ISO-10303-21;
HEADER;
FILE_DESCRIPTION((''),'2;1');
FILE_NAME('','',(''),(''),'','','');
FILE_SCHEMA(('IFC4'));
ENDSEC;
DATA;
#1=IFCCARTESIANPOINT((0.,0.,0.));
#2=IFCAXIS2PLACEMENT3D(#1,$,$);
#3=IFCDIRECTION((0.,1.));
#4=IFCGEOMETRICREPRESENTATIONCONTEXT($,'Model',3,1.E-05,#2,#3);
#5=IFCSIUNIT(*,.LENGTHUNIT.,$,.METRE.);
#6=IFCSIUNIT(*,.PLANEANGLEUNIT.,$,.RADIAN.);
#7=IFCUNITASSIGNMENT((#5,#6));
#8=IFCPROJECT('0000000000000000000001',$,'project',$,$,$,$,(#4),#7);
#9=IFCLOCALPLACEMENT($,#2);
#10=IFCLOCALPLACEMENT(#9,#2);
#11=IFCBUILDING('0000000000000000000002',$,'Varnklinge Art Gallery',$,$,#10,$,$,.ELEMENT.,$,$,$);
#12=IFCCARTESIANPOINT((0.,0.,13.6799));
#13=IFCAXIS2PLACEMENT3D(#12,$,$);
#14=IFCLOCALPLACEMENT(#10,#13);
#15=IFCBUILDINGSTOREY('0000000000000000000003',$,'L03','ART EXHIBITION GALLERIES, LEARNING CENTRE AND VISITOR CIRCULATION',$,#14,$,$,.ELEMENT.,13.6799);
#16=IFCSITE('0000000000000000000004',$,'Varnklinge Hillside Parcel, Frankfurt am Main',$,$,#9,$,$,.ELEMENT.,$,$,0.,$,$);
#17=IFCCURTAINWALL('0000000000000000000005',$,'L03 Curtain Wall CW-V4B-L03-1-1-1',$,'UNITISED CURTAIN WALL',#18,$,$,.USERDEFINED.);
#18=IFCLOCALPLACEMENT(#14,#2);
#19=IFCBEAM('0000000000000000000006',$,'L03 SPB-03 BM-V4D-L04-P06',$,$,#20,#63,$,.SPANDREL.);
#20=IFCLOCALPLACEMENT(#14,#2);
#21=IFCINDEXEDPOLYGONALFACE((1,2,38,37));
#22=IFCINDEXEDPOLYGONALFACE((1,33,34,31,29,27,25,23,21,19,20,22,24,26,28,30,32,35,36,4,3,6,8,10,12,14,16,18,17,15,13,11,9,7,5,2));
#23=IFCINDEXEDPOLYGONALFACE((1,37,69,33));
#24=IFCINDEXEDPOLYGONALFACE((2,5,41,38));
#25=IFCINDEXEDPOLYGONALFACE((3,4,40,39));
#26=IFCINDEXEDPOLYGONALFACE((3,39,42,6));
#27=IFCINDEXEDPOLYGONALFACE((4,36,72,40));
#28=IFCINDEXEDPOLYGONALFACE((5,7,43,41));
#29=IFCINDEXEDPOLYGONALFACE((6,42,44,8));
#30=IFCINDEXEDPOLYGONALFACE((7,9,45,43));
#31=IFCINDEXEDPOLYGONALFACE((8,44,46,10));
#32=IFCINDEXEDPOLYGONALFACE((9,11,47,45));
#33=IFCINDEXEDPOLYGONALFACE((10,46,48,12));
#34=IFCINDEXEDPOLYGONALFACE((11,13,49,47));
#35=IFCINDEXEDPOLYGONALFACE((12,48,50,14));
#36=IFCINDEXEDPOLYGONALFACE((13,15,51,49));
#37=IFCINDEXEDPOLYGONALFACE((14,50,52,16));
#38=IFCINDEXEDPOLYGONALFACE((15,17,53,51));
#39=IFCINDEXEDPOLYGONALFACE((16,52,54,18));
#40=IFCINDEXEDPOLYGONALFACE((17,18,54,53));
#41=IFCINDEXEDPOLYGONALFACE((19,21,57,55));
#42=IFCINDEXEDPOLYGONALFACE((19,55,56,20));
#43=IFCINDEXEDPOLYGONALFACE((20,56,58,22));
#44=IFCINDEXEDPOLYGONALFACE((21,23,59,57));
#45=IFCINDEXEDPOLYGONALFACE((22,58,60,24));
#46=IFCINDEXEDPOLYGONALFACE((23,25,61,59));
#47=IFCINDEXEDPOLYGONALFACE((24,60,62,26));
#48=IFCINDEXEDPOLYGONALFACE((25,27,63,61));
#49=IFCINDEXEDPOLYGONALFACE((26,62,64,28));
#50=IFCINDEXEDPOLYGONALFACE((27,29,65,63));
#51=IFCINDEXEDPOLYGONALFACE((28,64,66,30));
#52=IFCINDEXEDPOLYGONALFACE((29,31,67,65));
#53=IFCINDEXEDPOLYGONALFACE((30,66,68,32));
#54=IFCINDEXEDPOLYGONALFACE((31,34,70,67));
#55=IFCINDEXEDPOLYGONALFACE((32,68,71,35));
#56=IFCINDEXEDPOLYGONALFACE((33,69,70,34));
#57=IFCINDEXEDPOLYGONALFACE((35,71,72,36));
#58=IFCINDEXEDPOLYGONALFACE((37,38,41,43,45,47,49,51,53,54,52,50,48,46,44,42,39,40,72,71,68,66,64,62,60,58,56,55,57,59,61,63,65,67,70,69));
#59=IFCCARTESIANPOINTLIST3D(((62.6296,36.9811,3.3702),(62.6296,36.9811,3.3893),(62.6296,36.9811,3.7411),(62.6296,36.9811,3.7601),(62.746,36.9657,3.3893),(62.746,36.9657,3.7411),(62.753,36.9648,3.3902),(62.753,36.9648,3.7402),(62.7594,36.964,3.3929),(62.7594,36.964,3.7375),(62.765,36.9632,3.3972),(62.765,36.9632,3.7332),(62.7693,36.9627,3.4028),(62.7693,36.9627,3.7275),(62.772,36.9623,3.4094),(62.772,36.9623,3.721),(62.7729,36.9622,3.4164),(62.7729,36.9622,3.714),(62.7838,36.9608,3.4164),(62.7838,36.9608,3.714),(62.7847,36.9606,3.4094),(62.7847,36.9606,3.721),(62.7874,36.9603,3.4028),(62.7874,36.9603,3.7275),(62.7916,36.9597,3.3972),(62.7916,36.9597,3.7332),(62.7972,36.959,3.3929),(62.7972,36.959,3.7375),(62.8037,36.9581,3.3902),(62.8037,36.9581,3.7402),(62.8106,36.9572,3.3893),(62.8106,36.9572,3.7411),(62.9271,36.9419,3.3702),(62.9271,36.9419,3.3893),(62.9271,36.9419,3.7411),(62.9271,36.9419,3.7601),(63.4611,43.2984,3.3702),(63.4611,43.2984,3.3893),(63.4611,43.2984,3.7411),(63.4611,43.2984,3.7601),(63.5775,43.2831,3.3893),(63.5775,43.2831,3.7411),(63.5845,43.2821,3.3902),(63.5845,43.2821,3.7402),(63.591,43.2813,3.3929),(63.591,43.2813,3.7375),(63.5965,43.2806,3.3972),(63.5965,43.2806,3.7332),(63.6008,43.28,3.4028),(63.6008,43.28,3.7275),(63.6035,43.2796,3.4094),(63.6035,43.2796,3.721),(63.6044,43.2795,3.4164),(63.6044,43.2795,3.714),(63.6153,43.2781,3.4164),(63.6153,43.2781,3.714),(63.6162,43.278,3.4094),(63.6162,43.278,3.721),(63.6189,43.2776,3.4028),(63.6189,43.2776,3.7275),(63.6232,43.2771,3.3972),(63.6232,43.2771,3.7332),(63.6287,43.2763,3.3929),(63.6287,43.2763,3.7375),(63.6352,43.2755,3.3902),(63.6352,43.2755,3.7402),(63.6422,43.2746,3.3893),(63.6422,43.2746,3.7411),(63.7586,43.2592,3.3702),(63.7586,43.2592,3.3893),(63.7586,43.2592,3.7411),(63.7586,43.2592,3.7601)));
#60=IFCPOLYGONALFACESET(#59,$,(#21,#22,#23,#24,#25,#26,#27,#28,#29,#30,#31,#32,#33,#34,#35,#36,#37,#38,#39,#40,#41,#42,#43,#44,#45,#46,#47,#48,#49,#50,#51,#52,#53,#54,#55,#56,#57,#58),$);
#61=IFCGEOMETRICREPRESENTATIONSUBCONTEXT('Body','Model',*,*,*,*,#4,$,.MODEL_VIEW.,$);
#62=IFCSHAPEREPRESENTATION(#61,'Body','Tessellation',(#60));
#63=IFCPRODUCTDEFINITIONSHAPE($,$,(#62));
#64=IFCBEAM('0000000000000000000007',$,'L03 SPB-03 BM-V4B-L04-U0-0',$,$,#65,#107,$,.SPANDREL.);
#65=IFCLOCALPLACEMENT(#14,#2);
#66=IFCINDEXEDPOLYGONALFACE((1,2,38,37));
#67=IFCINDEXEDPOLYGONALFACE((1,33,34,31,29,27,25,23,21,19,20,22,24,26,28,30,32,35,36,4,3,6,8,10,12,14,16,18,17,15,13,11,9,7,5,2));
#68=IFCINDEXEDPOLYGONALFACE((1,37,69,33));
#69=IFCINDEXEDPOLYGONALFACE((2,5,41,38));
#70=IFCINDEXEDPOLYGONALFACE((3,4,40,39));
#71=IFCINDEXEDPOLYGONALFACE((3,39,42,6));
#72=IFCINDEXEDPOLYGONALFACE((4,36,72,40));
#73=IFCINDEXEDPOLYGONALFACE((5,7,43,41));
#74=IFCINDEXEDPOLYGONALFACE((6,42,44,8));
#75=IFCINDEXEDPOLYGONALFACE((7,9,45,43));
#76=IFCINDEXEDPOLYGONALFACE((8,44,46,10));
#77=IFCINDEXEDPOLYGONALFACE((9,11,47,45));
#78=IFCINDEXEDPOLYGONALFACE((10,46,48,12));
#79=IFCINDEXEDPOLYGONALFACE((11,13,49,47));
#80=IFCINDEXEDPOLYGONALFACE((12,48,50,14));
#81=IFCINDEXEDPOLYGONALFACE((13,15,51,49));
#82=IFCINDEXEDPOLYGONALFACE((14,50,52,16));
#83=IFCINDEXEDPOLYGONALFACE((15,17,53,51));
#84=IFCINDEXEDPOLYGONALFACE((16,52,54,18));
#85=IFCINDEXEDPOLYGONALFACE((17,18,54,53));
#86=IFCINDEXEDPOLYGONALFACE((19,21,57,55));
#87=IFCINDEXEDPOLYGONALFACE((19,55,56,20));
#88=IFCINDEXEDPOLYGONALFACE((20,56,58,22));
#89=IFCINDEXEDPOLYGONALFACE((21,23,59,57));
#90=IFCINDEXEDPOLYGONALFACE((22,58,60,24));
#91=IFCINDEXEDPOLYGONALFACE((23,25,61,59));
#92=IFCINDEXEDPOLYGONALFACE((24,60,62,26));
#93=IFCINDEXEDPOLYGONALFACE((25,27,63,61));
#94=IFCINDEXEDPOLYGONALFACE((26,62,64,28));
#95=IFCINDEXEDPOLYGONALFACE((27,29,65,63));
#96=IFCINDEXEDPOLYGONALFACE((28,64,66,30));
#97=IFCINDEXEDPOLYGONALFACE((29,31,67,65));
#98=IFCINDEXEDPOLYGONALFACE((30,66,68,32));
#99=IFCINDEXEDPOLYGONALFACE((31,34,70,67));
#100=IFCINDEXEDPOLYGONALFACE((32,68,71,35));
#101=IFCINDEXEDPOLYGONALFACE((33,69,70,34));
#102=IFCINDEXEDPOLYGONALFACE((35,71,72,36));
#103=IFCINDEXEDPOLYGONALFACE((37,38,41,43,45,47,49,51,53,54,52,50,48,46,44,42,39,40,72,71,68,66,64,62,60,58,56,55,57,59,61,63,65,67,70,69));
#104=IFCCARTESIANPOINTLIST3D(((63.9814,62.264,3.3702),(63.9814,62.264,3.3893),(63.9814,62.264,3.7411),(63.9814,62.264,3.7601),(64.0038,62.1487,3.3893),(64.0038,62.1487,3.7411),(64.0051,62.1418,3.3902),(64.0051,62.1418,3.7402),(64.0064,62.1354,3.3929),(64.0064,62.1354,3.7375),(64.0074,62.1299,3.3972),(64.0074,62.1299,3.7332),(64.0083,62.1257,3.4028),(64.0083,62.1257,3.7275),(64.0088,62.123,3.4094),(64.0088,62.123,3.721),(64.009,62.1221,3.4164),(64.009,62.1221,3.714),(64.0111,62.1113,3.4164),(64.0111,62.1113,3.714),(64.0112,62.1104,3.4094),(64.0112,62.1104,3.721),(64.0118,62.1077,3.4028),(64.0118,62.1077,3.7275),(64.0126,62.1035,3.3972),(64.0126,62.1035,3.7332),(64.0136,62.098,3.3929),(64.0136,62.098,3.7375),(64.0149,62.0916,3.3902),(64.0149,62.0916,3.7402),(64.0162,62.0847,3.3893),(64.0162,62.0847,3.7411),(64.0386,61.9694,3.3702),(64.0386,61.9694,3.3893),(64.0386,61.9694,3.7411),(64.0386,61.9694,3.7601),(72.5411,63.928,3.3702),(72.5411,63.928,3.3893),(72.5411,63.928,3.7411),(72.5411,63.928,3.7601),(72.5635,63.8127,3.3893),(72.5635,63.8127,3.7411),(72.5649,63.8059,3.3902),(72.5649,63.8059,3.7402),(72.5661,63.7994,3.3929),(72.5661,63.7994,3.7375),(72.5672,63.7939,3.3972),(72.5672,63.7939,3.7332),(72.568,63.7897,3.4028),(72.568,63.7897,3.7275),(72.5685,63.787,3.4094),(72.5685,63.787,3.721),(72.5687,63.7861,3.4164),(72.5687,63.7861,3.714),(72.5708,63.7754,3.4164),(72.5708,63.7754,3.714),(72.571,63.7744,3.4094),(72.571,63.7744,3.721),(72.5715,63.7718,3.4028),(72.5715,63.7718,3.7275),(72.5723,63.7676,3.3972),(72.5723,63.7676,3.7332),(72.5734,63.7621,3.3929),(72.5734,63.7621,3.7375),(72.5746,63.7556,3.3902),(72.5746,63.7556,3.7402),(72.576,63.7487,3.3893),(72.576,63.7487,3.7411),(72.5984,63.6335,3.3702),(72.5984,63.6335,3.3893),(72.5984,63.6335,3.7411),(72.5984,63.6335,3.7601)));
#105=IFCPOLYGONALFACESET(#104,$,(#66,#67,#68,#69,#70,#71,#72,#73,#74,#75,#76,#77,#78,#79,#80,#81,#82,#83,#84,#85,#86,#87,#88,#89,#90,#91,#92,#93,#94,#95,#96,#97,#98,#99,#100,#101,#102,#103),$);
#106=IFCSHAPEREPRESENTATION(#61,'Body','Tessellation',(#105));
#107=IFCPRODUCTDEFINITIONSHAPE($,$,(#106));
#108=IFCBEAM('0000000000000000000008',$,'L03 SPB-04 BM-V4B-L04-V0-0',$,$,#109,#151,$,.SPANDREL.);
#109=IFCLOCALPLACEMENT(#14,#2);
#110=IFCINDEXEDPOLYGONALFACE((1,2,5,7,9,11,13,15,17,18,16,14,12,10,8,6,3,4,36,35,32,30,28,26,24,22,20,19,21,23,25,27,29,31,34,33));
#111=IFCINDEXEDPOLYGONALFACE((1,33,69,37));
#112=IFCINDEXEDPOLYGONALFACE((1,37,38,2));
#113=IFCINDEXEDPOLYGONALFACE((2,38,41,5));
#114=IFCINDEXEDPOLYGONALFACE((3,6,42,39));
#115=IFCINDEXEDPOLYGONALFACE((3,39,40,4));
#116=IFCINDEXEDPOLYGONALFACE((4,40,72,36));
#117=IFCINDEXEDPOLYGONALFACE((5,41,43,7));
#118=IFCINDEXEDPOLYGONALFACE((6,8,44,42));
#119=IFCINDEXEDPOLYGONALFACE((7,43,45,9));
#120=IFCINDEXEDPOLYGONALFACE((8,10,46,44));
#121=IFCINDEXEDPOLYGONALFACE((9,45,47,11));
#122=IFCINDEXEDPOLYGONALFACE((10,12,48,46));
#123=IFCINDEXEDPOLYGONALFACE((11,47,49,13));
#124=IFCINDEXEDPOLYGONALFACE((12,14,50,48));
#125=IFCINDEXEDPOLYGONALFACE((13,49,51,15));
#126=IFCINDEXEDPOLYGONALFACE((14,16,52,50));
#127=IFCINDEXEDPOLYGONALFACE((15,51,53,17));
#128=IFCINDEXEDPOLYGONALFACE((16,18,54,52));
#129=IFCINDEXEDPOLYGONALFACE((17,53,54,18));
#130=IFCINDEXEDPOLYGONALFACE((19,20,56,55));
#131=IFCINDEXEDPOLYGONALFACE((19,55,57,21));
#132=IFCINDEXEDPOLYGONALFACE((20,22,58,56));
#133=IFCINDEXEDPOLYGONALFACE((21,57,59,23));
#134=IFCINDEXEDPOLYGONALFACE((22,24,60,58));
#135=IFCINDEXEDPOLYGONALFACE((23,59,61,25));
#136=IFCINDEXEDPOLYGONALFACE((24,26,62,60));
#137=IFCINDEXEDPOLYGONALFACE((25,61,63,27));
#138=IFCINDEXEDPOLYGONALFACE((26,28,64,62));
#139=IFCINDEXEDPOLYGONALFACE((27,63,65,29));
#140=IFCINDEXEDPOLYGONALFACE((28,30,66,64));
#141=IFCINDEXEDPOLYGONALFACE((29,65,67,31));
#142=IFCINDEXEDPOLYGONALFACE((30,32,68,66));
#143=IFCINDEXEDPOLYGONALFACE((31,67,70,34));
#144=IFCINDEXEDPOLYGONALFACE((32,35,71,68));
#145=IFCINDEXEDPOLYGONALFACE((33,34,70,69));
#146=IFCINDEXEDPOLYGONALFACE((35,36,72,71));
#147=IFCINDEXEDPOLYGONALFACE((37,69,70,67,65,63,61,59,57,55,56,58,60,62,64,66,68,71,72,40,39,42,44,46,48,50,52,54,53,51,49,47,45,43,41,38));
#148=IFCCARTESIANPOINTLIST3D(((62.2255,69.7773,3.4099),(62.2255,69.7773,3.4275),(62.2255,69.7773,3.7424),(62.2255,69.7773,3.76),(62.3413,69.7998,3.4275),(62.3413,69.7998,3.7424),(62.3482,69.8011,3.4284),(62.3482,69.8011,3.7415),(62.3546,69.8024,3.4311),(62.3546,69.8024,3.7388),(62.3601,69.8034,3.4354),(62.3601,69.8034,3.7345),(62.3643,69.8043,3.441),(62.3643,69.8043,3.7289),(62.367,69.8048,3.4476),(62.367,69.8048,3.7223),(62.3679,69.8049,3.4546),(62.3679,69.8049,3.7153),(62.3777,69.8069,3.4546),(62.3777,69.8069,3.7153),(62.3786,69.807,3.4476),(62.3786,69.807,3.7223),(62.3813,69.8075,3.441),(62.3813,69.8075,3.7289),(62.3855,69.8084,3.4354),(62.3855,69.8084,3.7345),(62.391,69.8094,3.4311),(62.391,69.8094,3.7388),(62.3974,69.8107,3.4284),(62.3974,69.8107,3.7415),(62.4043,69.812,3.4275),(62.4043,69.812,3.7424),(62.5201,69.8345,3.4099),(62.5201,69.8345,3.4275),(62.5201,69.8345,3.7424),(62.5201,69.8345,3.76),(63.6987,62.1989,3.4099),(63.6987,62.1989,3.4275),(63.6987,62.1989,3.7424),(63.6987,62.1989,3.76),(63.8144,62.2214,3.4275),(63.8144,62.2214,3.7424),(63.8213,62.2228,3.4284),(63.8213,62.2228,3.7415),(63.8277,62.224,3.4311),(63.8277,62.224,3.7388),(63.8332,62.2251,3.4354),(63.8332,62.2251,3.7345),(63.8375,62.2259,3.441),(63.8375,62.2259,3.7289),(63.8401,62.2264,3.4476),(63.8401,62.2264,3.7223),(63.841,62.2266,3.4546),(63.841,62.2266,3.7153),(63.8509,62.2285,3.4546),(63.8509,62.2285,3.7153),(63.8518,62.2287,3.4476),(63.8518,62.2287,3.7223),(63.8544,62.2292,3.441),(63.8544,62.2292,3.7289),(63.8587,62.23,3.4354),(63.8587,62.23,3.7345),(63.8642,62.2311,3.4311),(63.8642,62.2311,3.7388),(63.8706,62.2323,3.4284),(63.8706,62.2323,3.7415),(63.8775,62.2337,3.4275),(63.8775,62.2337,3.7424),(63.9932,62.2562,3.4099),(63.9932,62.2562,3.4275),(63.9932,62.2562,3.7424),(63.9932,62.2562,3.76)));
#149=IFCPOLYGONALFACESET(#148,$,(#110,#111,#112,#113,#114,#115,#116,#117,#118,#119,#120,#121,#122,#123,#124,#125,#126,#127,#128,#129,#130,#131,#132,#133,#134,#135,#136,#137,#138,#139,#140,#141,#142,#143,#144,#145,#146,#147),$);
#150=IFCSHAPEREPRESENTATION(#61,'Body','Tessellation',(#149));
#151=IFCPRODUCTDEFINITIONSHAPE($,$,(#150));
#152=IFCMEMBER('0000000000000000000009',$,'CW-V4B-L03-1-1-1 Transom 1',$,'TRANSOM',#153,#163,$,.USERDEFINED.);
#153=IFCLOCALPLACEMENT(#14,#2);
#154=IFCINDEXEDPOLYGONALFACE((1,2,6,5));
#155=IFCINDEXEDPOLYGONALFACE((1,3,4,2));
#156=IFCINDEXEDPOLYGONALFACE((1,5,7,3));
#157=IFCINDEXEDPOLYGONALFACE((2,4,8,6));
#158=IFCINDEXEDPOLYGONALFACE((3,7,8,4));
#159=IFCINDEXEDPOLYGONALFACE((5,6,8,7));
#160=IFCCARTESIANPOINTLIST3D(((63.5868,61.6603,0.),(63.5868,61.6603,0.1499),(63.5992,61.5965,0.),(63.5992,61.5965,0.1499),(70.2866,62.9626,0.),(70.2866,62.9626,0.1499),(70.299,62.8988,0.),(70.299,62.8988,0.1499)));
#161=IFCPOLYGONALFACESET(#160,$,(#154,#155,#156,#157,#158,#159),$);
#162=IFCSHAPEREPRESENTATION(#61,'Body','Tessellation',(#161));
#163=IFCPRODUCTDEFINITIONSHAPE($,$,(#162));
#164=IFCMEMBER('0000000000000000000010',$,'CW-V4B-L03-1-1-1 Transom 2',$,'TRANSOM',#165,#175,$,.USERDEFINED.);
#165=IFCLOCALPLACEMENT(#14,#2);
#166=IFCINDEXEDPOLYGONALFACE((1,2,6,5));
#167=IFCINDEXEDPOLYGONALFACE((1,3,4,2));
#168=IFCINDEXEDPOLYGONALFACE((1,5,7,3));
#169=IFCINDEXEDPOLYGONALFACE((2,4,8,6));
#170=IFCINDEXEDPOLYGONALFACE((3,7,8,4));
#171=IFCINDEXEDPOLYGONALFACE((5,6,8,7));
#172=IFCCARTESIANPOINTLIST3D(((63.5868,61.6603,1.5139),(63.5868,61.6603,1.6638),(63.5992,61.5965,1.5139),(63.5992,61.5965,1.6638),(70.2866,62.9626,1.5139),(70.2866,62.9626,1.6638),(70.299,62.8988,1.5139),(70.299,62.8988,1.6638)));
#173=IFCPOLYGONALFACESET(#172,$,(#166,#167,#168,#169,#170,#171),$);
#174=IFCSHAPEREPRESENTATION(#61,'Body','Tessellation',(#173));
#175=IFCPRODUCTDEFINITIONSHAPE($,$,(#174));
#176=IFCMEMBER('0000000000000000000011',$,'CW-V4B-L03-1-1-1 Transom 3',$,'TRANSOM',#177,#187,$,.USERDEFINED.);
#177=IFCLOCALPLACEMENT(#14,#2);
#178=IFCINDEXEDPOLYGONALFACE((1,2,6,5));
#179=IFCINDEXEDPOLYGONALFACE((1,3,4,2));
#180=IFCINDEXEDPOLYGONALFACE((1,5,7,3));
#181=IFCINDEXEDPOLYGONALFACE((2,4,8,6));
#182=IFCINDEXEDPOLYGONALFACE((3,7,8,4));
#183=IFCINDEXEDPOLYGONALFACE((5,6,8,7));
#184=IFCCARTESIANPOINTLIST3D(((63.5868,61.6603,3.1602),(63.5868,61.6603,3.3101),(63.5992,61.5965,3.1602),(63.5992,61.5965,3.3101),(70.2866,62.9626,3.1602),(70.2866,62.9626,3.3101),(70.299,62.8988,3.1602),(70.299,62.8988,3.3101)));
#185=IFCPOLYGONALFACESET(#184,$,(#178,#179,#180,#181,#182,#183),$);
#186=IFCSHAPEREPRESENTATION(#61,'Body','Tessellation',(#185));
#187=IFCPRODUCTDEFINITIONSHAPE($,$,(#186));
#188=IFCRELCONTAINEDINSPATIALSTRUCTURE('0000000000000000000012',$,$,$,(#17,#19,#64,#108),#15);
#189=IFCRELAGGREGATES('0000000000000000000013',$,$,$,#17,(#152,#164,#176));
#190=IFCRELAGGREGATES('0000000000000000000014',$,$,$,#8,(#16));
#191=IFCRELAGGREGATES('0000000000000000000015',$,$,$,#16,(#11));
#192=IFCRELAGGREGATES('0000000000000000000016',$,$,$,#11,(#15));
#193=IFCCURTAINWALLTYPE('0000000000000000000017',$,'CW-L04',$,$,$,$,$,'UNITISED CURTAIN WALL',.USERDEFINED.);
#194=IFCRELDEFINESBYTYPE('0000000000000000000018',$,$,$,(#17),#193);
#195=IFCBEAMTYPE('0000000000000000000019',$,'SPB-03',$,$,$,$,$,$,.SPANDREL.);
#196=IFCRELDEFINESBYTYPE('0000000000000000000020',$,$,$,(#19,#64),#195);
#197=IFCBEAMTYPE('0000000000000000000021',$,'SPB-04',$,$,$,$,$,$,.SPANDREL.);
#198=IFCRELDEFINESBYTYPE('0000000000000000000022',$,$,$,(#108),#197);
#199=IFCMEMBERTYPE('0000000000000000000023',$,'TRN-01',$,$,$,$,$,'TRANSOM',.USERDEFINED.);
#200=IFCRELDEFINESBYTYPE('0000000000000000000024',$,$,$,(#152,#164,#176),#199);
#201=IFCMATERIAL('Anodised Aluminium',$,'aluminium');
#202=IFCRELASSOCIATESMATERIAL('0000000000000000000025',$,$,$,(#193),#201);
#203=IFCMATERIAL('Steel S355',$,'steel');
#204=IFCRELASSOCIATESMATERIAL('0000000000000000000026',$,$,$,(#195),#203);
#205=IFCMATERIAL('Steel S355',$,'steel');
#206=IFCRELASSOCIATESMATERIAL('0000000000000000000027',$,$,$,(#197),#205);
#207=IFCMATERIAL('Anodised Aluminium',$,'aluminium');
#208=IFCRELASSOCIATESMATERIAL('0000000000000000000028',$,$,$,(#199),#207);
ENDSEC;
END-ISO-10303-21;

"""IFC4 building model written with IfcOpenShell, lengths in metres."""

from ifc_helpers import new_model, si_unit, direction, frame, origin, origin_2d, place, context, subcontext, project, spatial, rectangle, i_section, extrude, material, material_profile, profile_set, type_object, element, aggregate, save


model = new_model("IFC4")

# Units and contexts
model_context = context("Model", 3, precision=1e-05, world=origin(), true_north=direction((0.0, 1.0)))
body_context = subcontext(model_context, "Body", "Model", "MODEL_VIEW")
ifc_project = project(units=[si_unit("LENGTHUNIT", "METRE"), si_unit("PLANEANGLEUNIT", "RADIAN")], contexts=[model_context])

# Site, building, storey
site_placement = place(None, origin())
site = spatial("IfcSite", under=ifc_project, at=site_placement, Name="Varnklinge Hillside Parcel, Frankfurt am Main", CompositionType="ELEMENT", RefElevation=0.0)
building_placement = place(site_placement, origin())
building = spatial("IfcBuilding", under=site, at=building_placement, Name="Varnklinge Art Gallery", CompositionType="ELEMENT")
storey_placement = place(building_placement, frame((0.0, 0.0, 13.6799)))
storey = spatial("IfcBuildingStorey", under=building, at=storey_placement, Name="L03", Description="ART EXHIBITION GALLERIES, LEARNING CENTRE AND VISITOR CIRCULATION", CompositionType="ELEMENT", Elevation=13.6799)

# Curtain wall
ifc_material_1 = material(Name="Anodised Aluminium", Category="aluminium")
curtain_wall_type_1 = type_object("IfcCurtainWallType", Name="CW-L04", ElementType="UNITISED CURTAIN WALL", PredefinedType="USERDEFINED", material=ifc_material_1)
curtain_wall_1_placement = place(storey_placement, origin())
curtain_wall_1 = element("IfcCurtainWall", 1, at=curtain_wall_1_placement, inside=storey, type_object=curtain_wall_type_1, Name="L03 Curtain Wall CW-V4B-L03-1-1-1", ObjectType="UNITISED CURTAIN WALL", PredefinedType="USERDEFINED")

# Beams
ifc_material_2 = material(Name="Steel S355", Category="steel")
ifc_material_profile_1 = material_profile(ifc_material_2, i_section(OverallWidth=0.3, OverallDepth=0.3899, WebThickness=0.011, FlangeThickness=0.019, FilletRadius=0.0271, at=origin_2d()), Name="HEA 400")
ifc_profile_set_1 = profile_set([ifc_material_profile_1], Name="Steel S355")
beam_type_1 = type_object("IfcBeamType", Name="SPB-03", PredefinedType="SPANDREL", material=ifc_profile_set_1)
beam_1_placement = place(storey_placement, frame((63.6099, 43.2788, 3.5652), z_axis=(-0.130502, -0.991448, 0.0), x_axis=(0.991448, -0.130502, 0.0)))
element("IfcBeam", 2, at=beam_1_placement, inside=storey, type_object=beam_type_1, Name="L03 SPB-03 BM-V4D-L04-P06", PredefinedType="SPANDREL", context=body_context, shape_type="SweptSolid", body=[
    extrude(i_section(OverallWidth=0.3, OverallDepth=0.3899, WebThickness=0.011, FlangeThickness=0.019, FilletRadius=0.0271, at=origin_2d()), origin(), (0.0, 0.0, 1.0), 6.3718),
])
beam_2_placement = place(storey_placement, frame((64.01, 62.1167, 3.5652), z_axis=(0.981623, 0.190831, 0.0), x_axis=(-0.190831, 0.981623, 0.0)))
element("IfcBeam", 3, at=beam_2_placement, inside=storey, type_object=beam_type_1, Name="L03 SPB-03 BM-V4B-L04-U0-0", PredefinedType="SPANDREL", context=body_context, shape_type="SweptSolid", body=[
    extrude(i_section(OverallWidth=0.3, OverallDepth=0.3899, WebThickness=0.011, FlangeThickness=0.019, FilletRadius=0.0271, at=origin_2d()), origin(), (0.0, 0.0, 1.0), 8.72),
])
ifc_material_3 = material(Name="Steel S355", Category="steel")
ifc_material_profile_2 = material_profile(ifc_material_3, i_section(OverallWidth=0.3, OverallDepth=0.3501, WebThickness=0.01, FlangeThickness=0.0176, FilletRadius=0.0271, at=origin_2d()), Name="HEA 360")
ifc_profile_set_2 = profile_set([ifc_material_profile_2], Name="Steel S355")
beam_type_2 = type_object("IfcBeamType", Name="SPB-04", PredefinedType="SPANDREL", material=ifc_profile_set_2)
beam_3_placement = place(storey_placement, frame((63.8459, 62.2275, 3.585), z_axis=(-0.190816, 0.981626, 0.0), x_axis=(-0.981626, -0.190816, 0.0)))
element("IfcBeam", 4, at=beam_3_placement, inside=storey, type_object=beam_type_2, Name="L03 SPB-04 BM-V4B-L04-V0-0", PredefinedType="SPANDREL", context=body_context, shape_type="SweptSolid", body=[
    extrude(i_section(OverallWidth=0.3, OverallDepth=0.3501, WebThickness=0.01, FlangeThickness=0.0176, FilletRadius=0.0271, at=origin_2d()), origin(), (0.0, 0.0, 1.0), 7.7202),
])

# Members
ifc_material_4 = material(Name="Anodised Aluminium", Category="aluminium")
ifc_material_profile_3 = material_profile(ifc_material_4, rectangle(XDim=0.0649, YDim=0.1499, at=origin_2d()), Name="ALU 65x150")
ifc_profile_set_3 = profile_set([ifc_material_profile_3], Name="Anodised Aluminium")
member_type_1 = type_object("IfcMemberType", Name="TRN-01", ElementType="TRANSOM", PredefinedType="USERDEFINED", material=ifc_profile_set_3)
member_1_placement = place(storey_placement, frame((63.593, 61.6284, 0.075), z_axis=(0.981628, 0.190803, 0.0), x_axis=(-0.190803, 0.981628, 0.0)))
member_1 = element("IfcMember", 5, at=member_1_placement, type_object=member_type_1, Name="CW-V4B-L03-1-1-1 Transom 1", ObjectType="TRANSOM", PredefinedType="USERDEFINED", context=body_context, shape_type="SweptSolid", body=[
    extrude(rectangle(XDim=0.0649, YDim=0.1499, at=origin_2d()), origin(), (0.0, 0.0, 1.0), 6.8252),
])
member_2_placement = place(storey_placement, frame((63.593, 61.6284, 1.5889), z_axis=(0.981628, 0.190803, 0.0), x_axis=(-0.190803, 0.981628, 0.0)))
member_2 = element("IfcMember", 6, at=member_2_placement, type_object=member_type_1, Name="CW-V4B-L03-1-1-1 Transom 2", ObjectType="TRANSOM", PredefinedType="USERDEFINED", context=body_context, shape_type="SweptSolid", body=[
    extrude(rectangle(XDim=0.0649, YDim=0.1499, at=origin_2d()), origin(), (0.0, 0.0, 1.0), 6.8252),
])
member_3_placement = place(storey_placement, frame((63.593, 61.6284, 3.2351), z_axis=(0.981628, 0.190803, 0.0), x_axis=(-0.190803, 0.981628, 0.0)))
member_3 = element("IfcMember", 7, at=member_3_placement, type_object=member_type_1, Name="CW-V4B-L03-1-1-1 Transom 3", ObjectType="TRANSOM", PredefinedType="USERDEFINED", context=body_context, shape_type="SweptSolid", body=[
    extrude(rectangle(XDim=0.0649, YDim=0.1499, at=origin_2d()), origin(), (0.0, 0.0, 1.0), 6.8252),
])

aggregate(curtain_wall_1, [member_1, member_2, member_3])

save(model, "model.ifc")
